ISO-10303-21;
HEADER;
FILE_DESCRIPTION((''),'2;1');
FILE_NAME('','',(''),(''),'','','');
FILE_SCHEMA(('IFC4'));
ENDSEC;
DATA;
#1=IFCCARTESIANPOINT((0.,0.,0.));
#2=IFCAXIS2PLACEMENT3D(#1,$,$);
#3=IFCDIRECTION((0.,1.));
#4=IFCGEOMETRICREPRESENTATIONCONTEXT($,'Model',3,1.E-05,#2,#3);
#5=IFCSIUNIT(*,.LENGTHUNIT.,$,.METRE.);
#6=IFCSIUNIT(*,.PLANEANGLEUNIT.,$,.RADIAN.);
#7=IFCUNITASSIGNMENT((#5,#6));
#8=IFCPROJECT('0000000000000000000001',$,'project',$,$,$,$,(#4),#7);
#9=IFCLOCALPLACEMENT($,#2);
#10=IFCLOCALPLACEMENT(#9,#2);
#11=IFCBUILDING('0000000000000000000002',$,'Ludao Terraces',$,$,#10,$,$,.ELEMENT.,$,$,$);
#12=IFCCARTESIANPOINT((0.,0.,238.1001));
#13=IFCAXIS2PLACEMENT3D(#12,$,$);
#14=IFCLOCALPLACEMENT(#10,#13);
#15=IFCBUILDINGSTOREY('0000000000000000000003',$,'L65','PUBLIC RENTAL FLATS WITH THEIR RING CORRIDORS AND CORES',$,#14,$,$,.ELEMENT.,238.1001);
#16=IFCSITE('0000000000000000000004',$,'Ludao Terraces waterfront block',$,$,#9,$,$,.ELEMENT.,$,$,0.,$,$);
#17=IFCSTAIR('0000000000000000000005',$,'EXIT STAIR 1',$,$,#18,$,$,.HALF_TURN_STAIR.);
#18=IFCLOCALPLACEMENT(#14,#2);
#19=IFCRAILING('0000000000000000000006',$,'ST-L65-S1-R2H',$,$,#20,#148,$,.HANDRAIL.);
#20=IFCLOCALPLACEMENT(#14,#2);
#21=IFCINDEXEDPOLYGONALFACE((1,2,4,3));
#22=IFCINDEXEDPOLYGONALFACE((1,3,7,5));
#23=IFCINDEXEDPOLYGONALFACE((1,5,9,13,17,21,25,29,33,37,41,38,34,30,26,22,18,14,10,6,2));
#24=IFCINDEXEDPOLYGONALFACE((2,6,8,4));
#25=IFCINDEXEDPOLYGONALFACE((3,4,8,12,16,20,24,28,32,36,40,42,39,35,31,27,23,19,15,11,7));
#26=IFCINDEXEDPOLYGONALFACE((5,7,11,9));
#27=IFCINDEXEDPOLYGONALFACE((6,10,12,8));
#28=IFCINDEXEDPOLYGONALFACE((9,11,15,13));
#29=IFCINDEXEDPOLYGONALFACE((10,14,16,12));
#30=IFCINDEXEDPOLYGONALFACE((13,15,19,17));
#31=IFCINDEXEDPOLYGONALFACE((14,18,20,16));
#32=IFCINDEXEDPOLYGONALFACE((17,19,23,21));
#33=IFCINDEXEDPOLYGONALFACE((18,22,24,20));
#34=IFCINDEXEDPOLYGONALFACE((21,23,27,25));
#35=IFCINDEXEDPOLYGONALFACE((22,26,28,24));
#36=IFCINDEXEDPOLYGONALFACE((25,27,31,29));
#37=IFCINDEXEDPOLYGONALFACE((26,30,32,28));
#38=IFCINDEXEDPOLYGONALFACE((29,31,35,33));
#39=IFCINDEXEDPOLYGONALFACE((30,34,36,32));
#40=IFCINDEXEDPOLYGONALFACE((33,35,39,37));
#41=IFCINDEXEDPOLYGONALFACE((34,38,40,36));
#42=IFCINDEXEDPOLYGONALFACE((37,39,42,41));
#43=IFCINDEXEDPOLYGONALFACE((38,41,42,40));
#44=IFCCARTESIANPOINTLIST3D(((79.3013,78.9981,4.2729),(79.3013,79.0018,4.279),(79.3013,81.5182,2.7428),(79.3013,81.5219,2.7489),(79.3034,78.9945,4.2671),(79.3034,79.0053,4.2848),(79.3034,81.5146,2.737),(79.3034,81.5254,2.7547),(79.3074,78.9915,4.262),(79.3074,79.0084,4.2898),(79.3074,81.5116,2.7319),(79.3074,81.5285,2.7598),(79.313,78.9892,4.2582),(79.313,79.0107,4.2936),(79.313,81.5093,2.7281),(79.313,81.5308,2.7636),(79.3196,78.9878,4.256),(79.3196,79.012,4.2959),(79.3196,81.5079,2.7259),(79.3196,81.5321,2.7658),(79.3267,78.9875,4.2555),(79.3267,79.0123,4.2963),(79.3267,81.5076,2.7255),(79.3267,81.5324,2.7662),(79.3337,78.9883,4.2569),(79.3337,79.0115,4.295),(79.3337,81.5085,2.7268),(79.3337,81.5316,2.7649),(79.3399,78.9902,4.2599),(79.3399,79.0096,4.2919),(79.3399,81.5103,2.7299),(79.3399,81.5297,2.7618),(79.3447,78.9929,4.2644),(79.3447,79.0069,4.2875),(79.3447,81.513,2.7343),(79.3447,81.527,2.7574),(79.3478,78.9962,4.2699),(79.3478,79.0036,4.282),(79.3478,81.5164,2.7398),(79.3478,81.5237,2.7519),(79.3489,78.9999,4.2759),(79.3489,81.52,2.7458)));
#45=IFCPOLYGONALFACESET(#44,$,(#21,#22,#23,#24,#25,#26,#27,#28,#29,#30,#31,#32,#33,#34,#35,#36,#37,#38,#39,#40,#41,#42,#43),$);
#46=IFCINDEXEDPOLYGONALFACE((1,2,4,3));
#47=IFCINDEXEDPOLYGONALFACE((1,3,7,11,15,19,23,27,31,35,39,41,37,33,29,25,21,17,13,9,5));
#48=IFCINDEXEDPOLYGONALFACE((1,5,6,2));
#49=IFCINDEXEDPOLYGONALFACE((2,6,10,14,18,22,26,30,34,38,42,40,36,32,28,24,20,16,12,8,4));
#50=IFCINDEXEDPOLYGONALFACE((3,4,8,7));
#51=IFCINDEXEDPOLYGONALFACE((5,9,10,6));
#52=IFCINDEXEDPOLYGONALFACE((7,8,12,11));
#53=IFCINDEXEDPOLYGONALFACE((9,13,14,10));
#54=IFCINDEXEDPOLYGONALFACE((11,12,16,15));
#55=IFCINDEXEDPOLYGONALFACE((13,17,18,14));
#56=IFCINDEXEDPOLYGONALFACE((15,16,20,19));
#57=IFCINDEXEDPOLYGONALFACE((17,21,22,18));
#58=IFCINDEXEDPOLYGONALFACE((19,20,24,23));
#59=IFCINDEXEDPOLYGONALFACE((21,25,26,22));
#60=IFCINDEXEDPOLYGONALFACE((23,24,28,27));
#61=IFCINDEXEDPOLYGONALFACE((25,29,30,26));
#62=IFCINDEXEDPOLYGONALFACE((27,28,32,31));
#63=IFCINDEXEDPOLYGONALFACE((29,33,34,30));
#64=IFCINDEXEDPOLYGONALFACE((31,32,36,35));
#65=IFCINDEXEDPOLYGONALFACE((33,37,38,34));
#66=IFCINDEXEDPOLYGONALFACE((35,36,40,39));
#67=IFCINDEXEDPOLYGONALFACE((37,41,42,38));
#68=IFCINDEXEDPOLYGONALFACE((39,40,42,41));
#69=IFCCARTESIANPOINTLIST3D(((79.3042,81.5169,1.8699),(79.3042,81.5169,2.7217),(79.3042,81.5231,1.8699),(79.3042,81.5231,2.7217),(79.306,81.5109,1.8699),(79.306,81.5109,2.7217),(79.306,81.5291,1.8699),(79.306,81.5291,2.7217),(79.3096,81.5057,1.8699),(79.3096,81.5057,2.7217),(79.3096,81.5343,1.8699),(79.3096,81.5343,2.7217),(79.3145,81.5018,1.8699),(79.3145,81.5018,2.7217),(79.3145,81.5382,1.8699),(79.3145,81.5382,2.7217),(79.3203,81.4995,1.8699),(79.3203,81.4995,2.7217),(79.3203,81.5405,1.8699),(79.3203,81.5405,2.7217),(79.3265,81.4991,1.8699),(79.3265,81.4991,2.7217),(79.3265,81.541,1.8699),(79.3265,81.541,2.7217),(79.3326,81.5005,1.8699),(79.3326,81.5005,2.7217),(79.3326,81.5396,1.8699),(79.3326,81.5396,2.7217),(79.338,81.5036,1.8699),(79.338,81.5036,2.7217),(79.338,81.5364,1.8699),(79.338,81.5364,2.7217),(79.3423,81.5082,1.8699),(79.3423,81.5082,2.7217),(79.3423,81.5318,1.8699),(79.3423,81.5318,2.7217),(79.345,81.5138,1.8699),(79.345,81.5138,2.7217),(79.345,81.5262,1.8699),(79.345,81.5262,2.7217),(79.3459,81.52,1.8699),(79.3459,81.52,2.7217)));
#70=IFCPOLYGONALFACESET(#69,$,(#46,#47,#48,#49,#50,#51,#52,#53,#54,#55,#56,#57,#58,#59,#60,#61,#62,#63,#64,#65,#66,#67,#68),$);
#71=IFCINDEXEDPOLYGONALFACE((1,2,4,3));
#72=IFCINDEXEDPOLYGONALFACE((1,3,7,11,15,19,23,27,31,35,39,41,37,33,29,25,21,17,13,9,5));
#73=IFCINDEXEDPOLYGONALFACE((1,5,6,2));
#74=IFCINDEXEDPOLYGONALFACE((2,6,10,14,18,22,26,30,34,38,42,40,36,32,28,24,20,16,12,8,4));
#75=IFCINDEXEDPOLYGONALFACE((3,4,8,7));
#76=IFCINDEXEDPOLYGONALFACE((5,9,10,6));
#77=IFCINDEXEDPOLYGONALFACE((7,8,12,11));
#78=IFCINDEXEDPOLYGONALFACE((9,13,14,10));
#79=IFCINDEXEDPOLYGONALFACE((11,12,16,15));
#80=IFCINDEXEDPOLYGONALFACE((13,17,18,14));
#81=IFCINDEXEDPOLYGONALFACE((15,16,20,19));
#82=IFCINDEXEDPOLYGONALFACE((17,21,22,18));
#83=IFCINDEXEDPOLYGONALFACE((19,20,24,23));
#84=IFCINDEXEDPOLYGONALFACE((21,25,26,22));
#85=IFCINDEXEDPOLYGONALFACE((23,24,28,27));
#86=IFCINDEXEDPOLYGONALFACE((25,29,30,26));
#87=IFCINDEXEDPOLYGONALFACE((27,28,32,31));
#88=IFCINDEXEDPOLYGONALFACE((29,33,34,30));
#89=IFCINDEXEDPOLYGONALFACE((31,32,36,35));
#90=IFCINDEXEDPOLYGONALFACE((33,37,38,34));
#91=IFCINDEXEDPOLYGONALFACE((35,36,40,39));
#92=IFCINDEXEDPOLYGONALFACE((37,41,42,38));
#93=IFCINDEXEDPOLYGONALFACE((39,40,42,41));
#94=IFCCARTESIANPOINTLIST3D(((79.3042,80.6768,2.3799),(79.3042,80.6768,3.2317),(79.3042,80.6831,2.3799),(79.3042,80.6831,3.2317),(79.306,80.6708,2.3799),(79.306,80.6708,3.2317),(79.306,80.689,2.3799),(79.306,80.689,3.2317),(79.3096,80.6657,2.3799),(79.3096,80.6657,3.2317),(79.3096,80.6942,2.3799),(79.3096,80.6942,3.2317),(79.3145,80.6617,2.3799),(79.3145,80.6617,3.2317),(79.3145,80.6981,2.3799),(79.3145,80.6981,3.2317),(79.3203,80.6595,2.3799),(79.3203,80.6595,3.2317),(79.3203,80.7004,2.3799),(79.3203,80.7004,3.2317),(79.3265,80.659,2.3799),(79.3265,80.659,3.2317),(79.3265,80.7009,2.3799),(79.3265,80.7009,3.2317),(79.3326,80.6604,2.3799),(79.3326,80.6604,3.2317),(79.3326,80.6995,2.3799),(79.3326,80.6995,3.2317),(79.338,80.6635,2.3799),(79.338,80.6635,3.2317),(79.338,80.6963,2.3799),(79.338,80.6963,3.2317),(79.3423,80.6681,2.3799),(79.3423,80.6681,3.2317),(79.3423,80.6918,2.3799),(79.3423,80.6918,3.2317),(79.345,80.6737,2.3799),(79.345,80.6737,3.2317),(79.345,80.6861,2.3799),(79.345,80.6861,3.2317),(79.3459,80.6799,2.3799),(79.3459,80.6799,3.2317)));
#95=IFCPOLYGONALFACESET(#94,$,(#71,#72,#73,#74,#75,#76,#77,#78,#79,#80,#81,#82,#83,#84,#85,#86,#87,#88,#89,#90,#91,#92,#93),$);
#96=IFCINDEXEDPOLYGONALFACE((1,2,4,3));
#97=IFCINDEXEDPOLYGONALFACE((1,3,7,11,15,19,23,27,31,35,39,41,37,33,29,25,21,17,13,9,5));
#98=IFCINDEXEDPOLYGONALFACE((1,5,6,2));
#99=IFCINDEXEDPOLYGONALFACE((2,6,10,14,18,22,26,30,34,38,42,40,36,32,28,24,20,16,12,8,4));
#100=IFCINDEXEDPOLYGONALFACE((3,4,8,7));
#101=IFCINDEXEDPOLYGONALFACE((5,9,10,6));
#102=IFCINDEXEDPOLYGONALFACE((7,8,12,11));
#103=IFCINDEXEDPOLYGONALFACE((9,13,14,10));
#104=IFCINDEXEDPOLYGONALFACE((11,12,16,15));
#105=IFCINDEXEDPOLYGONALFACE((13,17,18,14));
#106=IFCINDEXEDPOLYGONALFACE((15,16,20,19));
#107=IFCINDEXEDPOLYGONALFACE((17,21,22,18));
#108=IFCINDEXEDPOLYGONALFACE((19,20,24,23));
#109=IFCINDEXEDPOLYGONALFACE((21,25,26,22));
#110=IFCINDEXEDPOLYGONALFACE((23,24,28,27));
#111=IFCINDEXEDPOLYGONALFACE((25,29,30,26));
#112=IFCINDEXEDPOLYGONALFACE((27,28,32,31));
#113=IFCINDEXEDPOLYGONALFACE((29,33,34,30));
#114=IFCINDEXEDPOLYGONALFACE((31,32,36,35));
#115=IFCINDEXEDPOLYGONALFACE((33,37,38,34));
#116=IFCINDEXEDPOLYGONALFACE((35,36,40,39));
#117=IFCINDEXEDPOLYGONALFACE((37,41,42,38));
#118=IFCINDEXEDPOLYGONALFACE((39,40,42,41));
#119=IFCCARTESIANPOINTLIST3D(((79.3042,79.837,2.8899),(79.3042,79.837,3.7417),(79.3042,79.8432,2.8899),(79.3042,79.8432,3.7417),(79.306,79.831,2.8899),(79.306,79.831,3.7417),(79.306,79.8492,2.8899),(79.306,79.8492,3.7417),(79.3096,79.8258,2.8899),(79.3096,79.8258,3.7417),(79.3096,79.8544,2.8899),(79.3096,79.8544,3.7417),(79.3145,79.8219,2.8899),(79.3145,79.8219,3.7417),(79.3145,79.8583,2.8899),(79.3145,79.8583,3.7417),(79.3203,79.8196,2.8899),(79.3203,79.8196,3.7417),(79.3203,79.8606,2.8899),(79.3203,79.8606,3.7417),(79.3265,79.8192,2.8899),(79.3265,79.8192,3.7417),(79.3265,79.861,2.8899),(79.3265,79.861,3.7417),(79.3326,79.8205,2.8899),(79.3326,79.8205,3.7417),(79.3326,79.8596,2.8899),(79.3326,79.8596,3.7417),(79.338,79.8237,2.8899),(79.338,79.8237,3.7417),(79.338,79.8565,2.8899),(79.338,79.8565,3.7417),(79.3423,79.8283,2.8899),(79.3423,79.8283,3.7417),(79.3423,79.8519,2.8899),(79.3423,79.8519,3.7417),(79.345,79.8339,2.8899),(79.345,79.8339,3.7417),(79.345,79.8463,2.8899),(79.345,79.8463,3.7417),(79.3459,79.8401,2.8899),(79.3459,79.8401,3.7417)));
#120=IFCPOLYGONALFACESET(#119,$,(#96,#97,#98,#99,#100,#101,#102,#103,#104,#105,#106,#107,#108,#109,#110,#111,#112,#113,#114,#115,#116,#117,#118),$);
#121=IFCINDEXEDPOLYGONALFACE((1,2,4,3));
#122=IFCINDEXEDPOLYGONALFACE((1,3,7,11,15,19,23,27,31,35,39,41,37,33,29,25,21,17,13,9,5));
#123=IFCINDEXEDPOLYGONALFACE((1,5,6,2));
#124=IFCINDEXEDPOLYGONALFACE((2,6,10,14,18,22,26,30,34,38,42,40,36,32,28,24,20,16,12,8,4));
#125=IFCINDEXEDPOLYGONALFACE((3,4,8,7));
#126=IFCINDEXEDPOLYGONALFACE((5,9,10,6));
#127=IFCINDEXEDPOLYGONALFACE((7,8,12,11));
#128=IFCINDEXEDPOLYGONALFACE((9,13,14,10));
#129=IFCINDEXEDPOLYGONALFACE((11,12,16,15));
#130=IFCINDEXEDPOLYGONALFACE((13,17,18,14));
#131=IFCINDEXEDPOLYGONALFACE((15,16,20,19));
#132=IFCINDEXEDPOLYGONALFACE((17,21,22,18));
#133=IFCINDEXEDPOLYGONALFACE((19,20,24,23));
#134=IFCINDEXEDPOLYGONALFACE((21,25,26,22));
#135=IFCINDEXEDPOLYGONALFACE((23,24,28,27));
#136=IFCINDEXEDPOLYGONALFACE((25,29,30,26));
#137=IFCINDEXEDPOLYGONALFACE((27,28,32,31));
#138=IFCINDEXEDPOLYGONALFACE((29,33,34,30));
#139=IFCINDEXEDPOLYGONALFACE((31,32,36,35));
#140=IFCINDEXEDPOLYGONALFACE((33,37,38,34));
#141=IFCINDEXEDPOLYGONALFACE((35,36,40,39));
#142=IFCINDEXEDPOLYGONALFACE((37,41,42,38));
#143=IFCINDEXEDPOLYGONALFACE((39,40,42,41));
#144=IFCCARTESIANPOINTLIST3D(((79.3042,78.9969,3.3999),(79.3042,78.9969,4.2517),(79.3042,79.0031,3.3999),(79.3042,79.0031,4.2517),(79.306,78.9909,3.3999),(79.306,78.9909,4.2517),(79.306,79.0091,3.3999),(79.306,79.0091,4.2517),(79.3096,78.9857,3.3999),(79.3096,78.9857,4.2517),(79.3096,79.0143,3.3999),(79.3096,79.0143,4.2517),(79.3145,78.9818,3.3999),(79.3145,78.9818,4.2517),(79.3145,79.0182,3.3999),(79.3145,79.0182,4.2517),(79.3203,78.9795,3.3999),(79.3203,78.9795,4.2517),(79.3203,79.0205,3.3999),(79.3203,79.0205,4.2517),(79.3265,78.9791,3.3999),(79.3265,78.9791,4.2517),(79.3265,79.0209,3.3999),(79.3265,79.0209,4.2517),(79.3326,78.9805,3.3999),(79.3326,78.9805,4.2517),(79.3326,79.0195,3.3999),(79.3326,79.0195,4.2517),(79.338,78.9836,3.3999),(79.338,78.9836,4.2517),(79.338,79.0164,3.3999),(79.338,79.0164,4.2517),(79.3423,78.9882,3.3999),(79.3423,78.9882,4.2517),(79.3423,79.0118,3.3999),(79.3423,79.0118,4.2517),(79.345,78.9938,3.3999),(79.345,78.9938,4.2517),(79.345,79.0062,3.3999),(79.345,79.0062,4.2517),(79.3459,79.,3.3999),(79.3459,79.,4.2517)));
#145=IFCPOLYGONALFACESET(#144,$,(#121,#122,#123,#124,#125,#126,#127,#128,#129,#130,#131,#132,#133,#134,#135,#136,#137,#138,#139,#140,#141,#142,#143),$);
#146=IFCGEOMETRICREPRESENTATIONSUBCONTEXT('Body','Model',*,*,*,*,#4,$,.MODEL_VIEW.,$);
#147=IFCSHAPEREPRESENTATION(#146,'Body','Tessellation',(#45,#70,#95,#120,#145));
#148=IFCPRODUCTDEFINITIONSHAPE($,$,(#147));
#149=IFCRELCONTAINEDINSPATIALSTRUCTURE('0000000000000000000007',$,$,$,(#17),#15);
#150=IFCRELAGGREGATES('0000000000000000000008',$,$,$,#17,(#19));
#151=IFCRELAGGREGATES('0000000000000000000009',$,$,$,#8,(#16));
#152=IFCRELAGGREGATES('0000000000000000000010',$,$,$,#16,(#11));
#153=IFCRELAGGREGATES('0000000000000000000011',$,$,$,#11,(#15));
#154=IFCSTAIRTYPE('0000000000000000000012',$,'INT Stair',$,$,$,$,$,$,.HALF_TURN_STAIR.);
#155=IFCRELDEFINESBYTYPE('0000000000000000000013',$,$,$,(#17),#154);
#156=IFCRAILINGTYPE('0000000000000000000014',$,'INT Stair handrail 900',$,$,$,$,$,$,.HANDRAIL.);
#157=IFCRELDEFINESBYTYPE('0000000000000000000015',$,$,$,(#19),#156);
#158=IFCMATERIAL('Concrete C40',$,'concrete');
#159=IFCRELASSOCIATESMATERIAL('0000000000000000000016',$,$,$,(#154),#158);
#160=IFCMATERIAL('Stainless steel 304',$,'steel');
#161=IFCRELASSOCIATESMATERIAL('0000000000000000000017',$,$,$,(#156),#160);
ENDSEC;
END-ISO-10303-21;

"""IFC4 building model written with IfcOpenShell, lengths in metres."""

from ifc_helpers import new_model, si_unit, direction, frame, origin, origin_2d, place, context, subcontext, project, spatial, circle, extrude, material, type_object, element, aggregate, save


model = new_model("IFC4")

# Units and contexts
model_context = context("Model", 3, precision=1e-05, world=origin(), true_north=direction((0.0, 1.0)))
body_context = subcontext(model_context, "Body", "Model", "MODEL_VIEW")
ifc_project = project(units=[si_unit("LENGTHUNIT", "METRE"), si_unit("PLANEANGLEUNIT", "RADIAN")], contexts=[model_context])

# Site, building, storey
site_placement = place(None, origin())
site = spatial("IfcSite", under=ifc_project, at=site_placement, Name="Ludao Terraces waterfront block", CompositionType="ELEMENT", RefElevation=0.0)
building_placement = place(site_placement, origin())
building = spatial("IfcBuilding", under=site, at=building_placement, Name="Ludao Terraces", CompositionType="ELEMENT")
storey_placement = place(building_placement, frame((0.0, 0.0, 238.1001)))
storey = spatial("IfcBuildingStorey", under=building, at=storey_placement, Name="L65", Description="PUBLIC RENTAL FLATS WITH THEIR RING CORRIDORS AND CORES", CompositionType="ELEMENT", Elevation=238.1001)

# Shared definitions
ifc_material_1 = material(Name="Concrete C40", Category="concrete")

# Stair, railing
stair_type = type_object("IfcStairType", Name="INT Stair", PredefinedType="HALF_TURN_STAIR", material=ifc_material_1)
stair_placement = place(storey_placement, origin())
stair = element("IfcStair", 1, at=stair_placement, inside=storey, type_object=stair_type, Name="EXIT STAIR 1", PredefinedType="HALF_TURN_STAIR")
ifc_material_2 = material(Name="Stainless steel 304", Category="steel")
railing_type_1 = type_object("IfcRailingType", Name="INT Stair handrail 900", PredefinedType="HANDRAIL", material=ifc_material_2)
railing_1_placement = place(storey_placement, frame((79.325, 81.52, 1.8699)))
railing_1 = element("IfcRailing", 2, at=railing_1_placement, type_object=railing_type_1, Name="ST-L65-S1-R2H", PredefinedType="HANDRAIL", context=body_context, shape_type="SweptSolid", body=[
    extrude(circle(Radius=0.0239, at=origin_2d()), frame((0.0, 0.0, 0.876), z_axis=(0.0, -0.854785, 0.518982), x_axis=(1.0, 0.0, 0.0)), (0.0, 0.0, 1.0), 2.9482),
    extrude(circle(Radius=0.021, at=origin_2d()), origin(), (0.0, 0.0, 1.0), 0.8518),
    extrude(circle(Radius=0.021, at=origin_2d()), frame((0.0, -0.8401, 0.51)), (0.0, 0.0, 1.0), 0.8518),
    extrude(circle(Radius=0.021, at=origin_2d()), frame((0.0, -1.6799, 1.02)), (0.0, 0.0, 1.0), 0.8518),
    extrude(circle(Radius=0.021, at=origin_2d()), frame((0.0, -2.52, 1.53)), (0.0, 0.0, 1.0), 0.8518),
])
aggregate(stair, [railing_1])

save(model, "model.ifc")
